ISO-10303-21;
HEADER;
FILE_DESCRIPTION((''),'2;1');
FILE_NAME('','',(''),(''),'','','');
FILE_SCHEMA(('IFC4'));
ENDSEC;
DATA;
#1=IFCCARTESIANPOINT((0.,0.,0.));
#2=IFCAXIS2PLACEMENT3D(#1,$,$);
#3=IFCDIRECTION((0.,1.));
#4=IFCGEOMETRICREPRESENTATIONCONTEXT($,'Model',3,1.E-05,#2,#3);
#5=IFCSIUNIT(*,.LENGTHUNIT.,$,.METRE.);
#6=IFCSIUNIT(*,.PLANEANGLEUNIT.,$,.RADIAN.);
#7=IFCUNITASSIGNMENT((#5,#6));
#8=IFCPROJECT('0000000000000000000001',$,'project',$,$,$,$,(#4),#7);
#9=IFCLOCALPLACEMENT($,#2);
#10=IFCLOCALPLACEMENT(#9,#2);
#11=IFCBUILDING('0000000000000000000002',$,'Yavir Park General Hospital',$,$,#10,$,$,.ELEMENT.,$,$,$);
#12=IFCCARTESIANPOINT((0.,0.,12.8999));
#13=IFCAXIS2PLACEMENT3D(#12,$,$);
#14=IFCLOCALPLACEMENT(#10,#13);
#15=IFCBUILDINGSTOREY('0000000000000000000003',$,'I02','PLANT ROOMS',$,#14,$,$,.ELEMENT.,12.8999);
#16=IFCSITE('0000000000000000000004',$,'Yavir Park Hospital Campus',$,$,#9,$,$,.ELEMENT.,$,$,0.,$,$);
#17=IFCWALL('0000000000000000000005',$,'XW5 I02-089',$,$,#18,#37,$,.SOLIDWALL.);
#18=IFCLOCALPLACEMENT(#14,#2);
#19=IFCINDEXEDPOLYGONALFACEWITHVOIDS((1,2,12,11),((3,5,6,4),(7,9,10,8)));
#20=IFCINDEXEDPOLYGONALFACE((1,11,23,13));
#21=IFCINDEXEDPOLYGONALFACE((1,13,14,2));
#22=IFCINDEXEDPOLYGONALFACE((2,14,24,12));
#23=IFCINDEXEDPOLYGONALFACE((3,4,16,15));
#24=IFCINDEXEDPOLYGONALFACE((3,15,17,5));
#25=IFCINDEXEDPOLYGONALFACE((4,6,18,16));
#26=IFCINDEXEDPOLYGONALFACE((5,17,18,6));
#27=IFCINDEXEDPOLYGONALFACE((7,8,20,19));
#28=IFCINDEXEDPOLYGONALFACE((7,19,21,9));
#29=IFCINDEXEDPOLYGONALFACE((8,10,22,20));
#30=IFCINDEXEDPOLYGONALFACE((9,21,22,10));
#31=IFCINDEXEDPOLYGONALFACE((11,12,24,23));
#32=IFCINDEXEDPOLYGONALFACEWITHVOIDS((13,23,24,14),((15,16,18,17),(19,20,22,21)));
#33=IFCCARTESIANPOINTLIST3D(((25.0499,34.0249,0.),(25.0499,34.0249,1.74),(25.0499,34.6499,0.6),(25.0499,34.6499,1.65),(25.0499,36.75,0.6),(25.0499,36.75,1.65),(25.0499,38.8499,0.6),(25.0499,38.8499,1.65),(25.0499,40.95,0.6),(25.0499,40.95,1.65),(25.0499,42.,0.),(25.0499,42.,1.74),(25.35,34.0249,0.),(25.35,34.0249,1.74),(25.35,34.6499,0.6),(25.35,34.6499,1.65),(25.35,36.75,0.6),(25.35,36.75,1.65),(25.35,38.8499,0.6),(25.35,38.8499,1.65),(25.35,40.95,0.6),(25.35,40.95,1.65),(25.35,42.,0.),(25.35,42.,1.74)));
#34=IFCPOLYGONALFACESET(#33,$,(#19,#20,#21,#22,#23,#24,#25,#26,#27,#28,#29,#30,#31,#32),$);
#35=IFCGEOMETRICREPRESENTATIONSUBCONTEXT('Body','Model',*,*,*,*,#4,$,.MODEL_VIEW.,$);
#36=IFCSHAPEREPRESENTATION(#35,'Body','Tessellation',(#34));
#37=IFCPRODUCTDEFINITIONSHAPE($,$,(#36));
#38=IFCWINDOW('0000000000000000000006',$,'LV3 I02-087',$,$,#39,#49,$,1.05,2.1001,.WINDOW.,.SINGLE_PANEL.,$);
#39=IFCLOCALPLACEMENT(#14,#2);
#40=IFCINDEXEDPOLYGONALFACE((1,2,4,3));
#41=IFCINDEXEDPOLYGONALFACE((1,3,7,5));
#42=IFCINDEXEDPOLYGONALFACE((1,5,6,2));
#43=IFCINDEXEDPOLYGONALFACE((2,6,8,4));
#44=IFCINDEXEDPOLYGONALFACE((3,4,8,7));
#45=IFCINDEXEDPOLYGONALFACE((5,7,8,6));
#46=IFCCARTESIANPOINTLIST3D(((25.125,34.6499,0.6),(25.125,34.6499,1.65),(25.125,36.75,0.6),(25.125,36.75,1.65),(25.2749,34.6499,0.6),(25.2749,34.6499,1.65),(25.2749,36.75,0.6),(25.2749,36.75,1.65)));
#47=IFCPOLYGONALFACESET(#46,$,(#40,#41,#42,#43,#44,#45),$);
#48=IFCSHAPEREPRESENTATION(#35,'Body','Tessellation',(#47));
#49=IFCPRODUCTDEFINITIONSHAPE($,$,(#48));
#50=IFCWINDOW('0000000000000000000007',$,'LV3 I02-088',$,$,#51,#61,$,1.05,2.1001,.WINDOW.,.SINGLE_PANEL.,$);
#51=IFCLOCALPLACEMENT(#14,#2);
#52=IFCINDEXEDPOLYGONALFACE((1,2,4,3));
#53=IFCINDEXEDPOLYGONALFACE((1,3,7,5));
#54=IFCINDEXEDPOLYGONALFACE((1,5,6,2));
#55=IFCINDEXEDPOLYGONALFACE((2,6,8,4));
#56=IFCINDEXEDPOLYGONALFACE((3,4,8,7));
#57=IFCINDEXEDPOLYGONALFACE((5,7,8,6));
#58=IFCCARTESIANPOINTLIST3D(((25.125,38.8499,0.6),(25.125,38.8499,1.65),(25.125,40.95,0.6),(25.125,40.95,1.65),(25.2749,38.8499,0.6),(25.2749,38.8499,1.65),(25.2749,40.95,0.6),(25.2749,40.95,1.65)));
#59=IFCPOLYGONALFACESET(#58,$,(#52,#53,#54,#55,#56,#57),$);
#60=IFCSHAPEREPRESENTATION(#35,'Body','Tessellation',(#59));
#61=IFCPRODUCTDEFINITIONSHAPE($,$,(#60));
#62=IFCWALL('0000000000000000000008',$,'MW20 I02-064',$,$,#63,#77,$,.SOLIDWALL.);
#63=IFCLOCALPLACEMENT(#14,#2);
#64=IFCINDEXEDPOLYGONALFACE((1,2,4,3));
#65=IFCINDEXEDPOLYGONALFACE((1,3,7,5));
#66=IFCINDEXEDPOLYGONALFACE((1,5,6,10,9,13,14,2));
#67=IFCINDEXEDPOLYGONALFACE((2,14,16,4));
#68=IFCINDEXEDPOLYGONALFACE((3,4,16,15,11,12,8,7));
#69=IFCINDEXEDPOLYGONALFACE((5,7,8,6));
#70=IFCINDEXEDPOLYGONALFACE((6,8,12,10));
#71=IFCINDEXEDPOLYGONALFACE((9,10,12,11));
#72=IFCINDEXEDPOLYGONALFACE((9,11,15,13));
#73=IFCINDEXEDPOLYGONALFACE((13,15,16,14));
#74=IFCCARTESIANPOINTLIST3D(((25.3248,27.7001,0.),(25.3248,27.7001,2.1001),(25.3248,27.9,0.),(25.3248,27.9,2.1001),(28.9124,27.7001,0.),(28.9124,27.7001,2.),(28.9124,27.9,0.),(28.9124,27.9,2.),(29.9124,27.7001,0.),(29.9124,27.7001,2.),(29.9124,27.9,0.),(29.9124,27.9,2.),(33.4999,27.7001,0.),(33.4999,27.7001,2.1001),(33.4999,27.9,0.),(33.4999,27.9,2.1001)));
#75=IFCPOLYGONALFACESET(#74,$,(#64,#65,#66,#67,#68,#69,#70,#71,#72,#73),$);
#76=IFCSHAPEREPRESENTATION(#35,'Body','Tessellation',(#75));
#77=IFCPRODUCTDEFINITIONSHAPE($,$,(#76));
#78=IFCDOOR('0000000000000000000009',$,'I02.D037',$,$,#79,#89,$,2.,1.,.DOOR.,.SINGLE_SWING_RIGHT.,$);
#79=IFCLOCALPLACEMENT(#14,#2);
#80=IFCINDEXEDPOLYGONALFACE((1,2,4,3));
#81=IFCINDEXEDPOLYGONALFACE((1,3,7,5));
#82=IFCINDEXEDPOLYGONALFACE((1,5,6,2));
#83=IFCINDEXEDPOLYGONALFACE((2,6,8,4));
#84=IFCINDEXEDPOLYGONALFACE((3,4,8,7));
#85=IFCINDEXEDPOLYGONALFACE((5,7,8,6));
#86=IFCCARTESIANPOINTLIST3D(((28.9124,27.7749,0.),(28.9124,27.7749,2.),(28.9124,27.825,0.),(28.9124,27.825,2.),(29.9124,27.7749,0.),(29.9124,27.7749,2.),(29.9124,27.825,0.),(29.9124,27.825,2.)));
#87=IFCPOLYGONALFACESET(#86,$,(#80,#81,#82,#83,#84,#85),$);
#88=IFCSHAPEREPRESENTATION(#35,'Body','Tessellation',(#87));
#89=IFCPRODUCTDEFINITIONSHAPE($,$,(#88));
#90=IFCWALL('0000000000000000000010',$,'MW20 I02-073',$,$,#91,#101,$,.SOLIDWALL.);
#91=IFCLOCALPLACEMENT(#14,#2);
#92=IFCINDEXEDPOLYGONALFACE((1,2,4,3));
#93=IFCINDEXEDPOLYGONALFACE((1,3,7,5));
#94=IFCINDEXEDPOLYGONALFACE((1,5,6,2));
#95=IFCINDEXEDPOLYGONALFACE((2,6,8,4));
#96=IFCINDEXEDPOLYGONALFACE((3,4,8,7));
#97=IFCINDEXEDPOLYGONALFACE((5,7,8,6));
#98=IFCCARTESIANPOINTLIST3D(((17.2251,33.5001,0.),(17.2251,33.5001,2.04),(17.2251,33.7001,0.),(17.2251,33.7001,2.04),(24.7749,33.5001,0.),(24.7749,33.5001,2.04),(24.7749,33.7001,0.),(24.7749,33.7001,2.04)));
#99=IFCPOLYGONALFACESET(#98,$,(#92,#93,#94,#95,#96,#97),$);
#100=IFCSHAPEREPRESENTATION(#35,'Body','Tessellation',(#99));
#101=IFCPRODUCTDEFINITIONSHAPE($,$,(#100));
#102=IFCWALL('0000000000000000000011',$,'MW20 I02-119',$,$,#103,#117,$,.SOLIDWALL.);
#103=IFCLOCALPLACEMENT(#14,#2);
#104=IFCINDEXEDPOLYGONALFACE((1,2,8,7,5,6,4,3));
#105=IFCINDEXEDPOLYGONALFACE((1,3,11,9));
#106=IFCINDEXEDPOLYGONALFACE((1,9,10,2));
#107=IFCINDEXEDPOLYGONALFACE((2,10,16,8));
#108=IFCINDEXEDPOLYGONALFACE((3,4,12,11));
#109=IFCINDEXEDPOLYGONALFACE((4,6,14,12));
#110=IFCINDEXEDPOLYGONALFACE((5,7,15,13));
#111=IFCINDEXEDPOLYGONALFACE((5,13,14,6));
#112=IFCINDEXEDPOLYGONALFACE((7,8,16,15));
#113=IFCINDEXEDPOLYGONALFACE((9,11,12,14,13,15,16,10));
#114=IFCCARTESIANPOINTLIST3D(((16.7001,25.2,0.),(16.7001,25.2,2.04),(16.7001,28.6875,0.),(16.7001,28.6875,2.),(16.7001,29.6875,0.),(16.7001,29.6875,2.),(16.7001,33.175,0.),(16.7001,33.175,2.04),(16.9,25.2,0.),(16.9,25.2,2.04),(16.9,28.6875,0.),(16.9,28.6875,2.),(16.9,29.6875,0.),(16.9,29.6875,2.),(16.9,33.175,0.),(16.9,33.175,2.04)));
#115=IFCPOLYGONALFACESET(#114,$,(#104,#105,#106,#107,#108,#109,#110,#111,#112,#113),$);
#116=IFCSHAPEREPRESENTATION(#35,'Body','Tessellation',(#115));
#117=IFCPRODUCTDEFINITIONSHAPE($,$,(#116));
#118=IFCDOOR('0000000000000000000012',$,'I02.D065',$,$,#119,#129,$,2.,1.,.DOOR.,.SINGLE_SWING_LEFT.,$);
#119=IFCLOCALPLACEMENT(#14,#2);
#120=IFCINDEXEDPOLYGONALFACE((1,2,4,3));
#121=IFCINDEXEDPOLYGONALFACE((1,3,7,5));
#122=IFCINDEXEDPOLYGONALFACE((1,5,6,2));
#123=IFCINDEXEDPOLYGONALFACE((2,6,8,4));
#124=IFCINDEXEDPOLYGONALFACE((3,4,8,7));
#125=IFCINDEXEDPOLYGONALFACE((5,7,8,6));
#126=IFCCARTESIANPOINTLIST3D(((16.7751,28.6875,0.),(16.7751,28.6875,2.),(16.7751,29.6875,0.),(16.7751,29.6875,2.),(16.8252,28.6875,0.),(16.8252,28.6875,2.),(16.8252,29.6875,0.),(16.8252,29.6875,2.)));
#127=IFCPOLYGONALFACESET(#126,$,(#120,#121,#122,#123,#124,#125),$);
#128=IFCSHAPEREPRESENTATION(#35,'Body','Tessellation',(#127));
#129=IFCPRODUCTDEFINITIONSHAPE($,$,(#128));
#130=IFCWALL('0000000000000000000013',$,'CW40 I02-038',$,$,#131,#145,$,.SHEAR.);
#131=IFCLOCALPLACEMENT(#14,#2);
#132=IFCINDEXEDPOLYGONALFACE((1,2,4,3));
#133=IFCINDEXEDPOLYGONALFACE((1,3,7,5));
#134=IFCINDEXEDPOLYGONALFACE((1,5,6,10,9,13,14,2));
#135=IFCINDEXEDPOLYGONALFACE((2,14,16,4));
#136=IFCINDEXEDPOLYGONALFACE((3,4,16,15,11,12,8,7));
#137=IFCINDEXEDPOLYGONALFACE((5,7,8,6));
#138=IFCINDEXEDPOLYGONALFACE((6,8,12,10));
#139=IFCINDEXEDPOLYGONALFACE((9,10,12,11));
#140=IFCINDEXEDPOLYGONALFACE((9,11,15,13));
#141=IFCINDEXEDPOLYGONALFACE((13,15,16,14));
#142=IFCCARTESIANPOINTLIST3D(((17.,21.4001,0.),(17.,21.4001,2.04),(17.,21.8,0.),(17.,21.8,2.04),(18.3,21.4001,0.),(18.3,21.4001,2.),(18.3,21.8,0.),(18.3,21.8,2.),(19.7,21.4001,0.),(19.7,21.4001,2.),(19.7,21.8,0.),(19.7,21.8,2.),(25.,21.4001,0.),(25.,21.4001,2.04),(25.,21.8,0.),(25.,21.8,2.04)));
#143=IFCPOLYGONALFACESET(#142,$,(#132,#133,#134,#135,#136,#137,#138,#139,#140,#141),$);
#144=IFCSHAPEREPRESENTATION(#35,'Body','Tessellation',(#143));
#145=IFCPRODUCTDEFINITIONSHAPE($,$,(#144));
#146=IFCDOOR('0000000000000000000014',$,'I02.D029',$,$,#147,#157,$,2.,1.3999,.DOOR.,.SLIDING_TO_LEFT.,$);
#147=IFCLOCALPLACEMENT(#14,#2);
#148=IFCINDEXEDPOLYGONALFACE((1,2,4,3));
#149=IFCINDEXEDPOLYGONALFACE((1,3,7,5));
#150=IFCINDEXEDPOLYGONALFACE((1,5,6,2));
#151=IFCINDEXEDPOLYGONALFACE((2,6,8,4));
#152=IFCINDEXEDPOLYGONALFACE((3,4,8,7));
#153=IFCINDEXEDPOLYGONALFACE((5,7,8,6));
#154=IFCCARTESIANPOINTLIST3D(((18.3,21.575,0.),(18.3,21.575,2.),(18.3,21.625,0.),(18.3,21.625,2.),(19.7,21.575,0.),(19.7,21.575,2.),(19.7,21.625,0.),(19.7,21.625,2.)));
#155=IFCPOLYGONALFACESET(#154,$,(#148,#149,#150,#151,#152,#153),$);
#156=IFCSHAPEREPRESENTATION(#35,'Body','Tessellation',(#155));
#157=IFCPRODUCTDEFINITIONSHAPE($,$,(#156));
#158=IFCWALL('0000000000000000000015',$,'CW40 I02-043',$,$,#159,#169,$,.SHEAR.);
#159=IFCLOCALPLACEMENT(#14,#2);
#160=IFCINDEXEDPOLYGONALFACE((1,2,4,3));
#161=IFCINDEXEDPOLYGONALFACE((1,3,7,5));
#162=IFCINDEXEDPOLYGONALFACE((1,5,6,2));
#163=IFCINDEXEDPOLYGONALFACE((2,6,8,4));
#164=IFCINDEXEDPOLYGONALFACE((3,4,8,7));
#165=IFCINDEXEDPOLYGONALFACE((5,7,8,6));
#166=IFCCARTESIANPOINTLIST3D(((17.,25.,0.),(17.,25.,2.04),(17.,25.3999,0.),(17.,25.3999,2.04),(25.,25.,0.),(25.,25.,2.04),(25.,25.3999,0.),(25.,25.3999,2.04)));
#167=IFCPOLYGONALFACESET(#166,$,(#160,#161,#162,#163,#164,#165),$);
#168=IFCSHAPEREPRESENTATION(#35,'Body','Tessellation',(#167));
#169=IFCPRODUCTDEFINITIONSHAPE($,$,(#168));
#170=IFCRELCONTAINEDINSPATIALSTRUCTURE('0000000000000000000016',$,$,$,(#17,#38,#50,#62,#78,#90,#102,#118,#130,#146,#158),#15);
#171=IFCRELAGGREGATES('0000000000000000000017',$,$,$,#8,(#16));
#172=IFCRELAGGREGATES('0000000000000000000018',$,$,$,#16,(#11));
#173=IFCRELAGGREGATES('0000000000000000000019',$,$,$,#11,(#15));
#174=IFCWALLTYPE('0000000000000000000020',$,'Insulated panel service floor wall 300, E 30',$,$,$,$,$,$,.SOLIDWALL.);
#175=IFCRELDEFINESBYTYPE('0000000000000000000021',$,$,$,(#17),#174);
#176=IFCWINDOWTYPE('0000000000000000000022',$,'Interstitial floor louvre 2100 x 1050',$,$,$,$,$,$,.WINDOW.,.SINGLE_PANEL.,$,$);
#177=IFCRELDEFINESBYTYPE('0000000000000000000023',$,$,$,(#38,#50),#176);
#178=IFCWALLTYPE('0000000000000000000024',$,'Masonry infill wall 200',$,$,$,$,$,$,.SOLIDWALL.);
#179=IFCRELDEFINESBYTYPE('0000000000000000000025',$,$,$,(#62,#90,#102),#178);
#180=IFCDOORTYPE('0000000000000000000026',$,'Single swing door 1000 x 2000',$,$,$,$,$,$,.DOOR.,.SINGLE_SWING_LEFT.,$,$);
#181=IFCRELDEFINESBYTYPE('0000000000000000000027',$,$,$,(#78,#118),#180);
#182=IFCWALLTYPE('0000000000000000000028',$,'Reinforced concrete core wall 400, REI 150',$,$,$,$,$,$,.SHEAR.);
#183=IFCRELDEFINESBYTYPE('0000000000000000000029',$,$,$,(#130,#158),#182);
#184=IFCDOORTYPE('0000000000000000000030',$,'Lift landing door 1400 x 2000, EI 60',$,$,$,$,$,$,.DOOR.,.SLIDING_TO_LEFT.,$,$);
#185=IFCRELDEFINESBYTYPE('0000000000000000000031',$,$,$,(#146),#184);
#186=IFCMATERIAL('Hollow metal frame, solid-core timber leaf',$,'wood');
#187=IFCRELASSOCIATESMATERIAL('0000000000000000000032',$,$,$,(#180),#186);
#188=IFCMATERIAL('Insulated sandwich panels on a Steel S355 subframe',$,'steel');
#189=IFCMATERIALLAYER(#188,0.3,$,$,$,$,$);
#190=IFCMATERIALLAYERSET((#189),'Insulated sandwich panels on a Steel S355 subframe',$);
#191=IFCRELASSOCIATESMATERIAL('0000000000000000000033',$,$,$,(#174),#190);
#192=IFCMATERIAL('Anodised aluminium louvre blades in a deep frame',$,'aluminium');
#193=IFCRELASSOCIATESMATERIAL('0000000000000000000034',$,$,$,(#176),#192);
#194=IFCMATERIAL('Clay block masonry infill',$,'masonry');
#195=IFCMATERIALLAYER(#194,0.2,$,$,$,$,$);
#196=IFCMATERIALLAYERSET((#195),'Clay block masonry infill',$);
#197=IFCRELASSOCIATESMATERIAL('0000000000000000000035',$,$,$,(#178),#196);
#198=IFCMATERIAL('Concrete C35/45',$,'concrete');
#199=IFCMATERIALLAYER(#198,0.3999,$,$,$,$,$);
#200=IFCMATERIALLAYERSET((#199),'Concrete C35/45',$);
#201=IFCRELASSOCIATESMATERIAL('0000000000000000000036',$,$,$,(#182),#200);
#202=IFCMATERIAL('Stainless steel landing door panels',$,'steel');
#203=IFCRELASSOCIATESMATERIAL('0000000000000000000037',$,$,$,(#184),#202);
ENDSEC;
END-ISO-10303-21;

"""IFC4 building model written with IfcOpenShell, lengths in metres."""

from ifc_helpers import new_model, si_unit, direction, frame, frame_2d, origin, place, context, subcontext, project, spatial, rectangle, extrude, material, layer, layer_set, type_object, element, fill, save


model = new_model("IFC4")

# Units and contexts
model_context = context("Model", 3, precision=1e-05, world=origin(), true_north=direction((0.0, 1.0)))
body_context = subcontext(model_context, "Body", "Model", "MODEL_VIEW")
ifc_project = project(units=[si_unit("LENGTHUNIT", "METRE"), si_unit("PLANEANGLEUNIT", "RADIAN")], contexts=[model_context])

# Site, building, storey
site_placement = place(None, origin())
site = spatial("IfcSite", under=ifc_project, at=site_placement, Name="Yavir Park Hospital Campus", CompositionType="ELEMENT", RefElevation=0.0)
building_placement = place(site_placement, origin())
building = spatial("IfcBuilding", under=site, at=building_placement, Name="Yavir Park General Hospital", CompositionType="ELEMENT")
storey_placement = place(building_placement, frame((0.0, 0.0, 12.8999)))
storey = spatial("IfcBuildingStorey", under=building, at=storey_placement, Name="I02", Description="PLANT ROOMS", CompositionType="ELEMENT", Elevation=12.8999)

# Shared definitions
ifc_material_1 = material(Name="Hollow metal frame, solid-core timber leaf", Category="wood")
door_type_1 = type_object("IfcDoorType", Name="Single swing door 1000 x 2000", OperationType="SINGLE_SWING_LEFT", PredefinedType="DOOR", material=ifc_material_1)

# Wall, openings, windows
ifc_material_2 = material(Name="Insulated sandwich panels on a Steel S355 subframe", Category="steel")
ifc_layer_1 = layer(ifc_material_2, 0.3)
ifc_layer_set_1 = layer_set([ifc_layer_1], Name="Insulated sandwich panels on a Steel S355 subframe")
wall_type_1 = type_object("IfcWallType", Name="Insulated panel service floor wall 300, E 30", PredefinedType="SOLIDWALL", material=ifc_layer_set_1)
wall_1_placement = place(storey_placement, frame((25.2, 34.0249, 0.0), z_axis=(0.0, 0.0, 1.0), x_axis=(0.0, 1.0, 0.0)))
wall_1 = element("IfcWall", 1, at=wall_1_placement, inside=storey, type_object=wall_type_1, Name="XW5 I02-089", PredefinedType="SOLIDWALL", context=body_context, shape_type="SweptSolid", body=[
    extrude(rectangle(XDim=7.9751, YDim=0.3, at=frame_2d((3.9875, 0.0))), origin(), (0.0, 0.0, 1.0), 1.74),
])
opening_1_placement = place(wall_1_placement, frame((0.625, 0.0, 0.6001)))
opening_1 = element("IfcOpeningElement", 2, at=opening_1_placement, cuts=wall_1, PredefinedType="OPENING", context=body_context, shape_type="SweptSolid", body=[
    extrude(rectangle(XDim=2.1001, YDim=1.05, at=frame_2d((1.05, 0.5249))), frame((0.0, 0.1599, 0.0), z_axis=(0.0, -1.0, 0.0), x_axis=(1.0, 0.0, 0.0)), (0.0, 0.0, 1.0), 0.3201),
])
opening_2_placement = place(wall_1_placement, frame((4.825, 0.0, 0.6001)))
opening_2 = element("IfcOpeningElement", 3, at=opening_2_placement, cuts=wall_1, PredefinedType="OPENING", context=body_context, shape_type="SweptSolid", body=[
    extrude(rectangle(XDim=2.1001, YDim=1.05, at=frame_2d((1.05, 0.5249))), frame((0.0, 0.1599, 0.0), z_axis=(0.0, -1.0, 0.0), x_axis=(1.0, 0.0, 0.0)), (0.0, 0.0, 1.0), 0.3201),
])
ifc_material_3 = material(Name="Anodised aluminium louvre blades in a deep frame", Category="aluminium")
window_type = type_object("IfcWindowType", Name="Interstitial floor louvre 2100 x 1050", PartitioningType="SINGLE_PANEL", PredefinedType="WINDOW", material=ifc_material_3)
window_1_placement = place(opening_1_placement, origin())
window_1 = element("IfcWindow", 4, at=window_1_placement, inside=storey, type_object=window_type, Name="LV3 I02-087", OverallHeight=1.05, OverallWidth=2.1001, PartitioningType="SINGLE_PANEL", PredefinedType="WINDOW", context=body_context, shape_type="SweptSolid", body=[
    extrude(rectangle(XDim=2.1001, YDim=1.05, at=frame_2d((1.05, 0.5249))), frame((0.0, 0.075, 0.0), z_axis=(0.0, -1.0, 0.0), x_axis=(1.0, 0.0, 0.0)), (0.0, 0.0, 1.0), 0.1499),
])
fill(opening_1, window_1)
window_2_placement = place(opening_2_placement, origin())
window_2 = element("IfcWindow", 5, at=window_2_placement, inside=storey, type_object=window_type, Name="LV3 I02-088", OverallHeight=1.05, OverallWidth=2.1001, PartitioningType="SINGLE_PANEL", PredefinedType="WINDOW", context=body_context, shape_type="SweptSolid", body=[
    extrude(rectangle(XDim=2.1001, YDim=1.05, at=frame_2d((1.05, 0.5249))), frame((0.0, 0.075, 0.0), z_axis=(0.0, -1.0, 0.0), x_axis=(1.0, 0.0, 0.0)), (0.0, 0.0, 1.0), 0.1499),
])
fill(opening_2, window_2)

# Wall, opening, door
ifc_material_4 = material(Name="Clay block masonry infill", Category="masonry")
ifc_layer_2 = layer(ifc_material_4, 0.2)
ifc_layer_set_2 = layer_set([ifc_layer_2], Name="Clay block masonry infill")
wall_type_2 = type_object("IfcWallType", Name="Masonry infill wall 200", PredefinedType="SOLIDWALL", material=ifc_layer_set_2)
wall_2_placement = place(storey_placement, frame((25.325, 27.8, 0.0), z_axis=(0.0, 0.0, 1.0), x_axis=(1.0, 0.0, 0.0)))
wall_2 = element("IfcWall", 6, at=wall_2_placement, inside=storey, type_object=wall_type_2, Name="MW20 I02-064", PredefinedType="SOLIDWALL", context=body_context, shape_type="SweptSolid", body=[
    extrude(rectangle(XDim=8.175, YDim=0.2, at=frame_2d((4.0874, 0.0))), origin(), (0.0, 0.0, 1.0), 2.1001),
])
opening_3_placement = place(wall_2_placement, frame((3.5874, 0.0, 0.0)))
opening_3 = element("IfcOpeningElement", 7, at=opening_3_placement, cuts=wall_2, PredefinedType="OPENING", context=body_context, shape_type="SweptSolid", body=[
    extrude(rectangle(XDim=1.0, YDim=2.0, at=frame_2d((0.5, 1.0))), frame((0.0, 0.1099, 0.0), z_axis=(0.0, -1.0, 0.0), x_axis=(1.0, 0.0, 0.0)), (0.0, 0.0, 1.0), 0.22),
])
door_1_placement = place(opening_3_placement, origin())
door_1 = element("IfcDoor", 8, at=door_1_placement, inside=storey, type_object=door_type_1, Name="I02.D037", OperationType="SINGLE_SWING_RIGHT", OverallHeight=2.0, OverallWidth=1.0, PredefinedType="DOOR", context=body_context, shape_type="SweptSolid", body=[
    extrude(rectangle(XDim=1.0, YDim=2.0, at=frame_2d((0.5, 1.0))), frame((0.0, 0.0249, 0.0), z_axis=(0.0, -1.0, 0.0), x_axis=(1.0, 0.0, 0.0)), (0.0, 0.0, 1.0), 0.05),
])
fill(opening_3, door_1)

# Wall
wall_3_placement = place(storey_placement, frame((17.2251, 33.6001, 0.0), z_axis=(0.0, 0.0, 1.0), x_axis=(1.0, 0.0, 0.0)))
element("IfcWall", 9, at=wall_3_placement, inside=storey, type_object=wall_type_2, Name="MW20 I02-073", PredefinedType="SOLIDWALL", context=body_context, shape_type="SweptSolid", body=[
    extrude(rectangle(XDim=7.5498, YDim=0.2, at=frame_2d((3.7749, 0.0))), origin(), (0.0, 0.0, 1.0), 2.04),
])

# Walls, openings, doors
wall_4_placement = place(storey_placement, frame((16.8, 25.2, 0.0), z_axis=(0.0, 0.0, 1.0), x_axis=(0.0, 1.0, 0.0)))
wall_4 = element("IfcWall", 10, at=wall_4_placement, inside=storey, type_object=wall_type_2, Name="MW20 I02-119", PredefinedType="SOLIDWALL", context=body_context, shape_type="SweptSolid", body=[
    extrude(rectangle(XDim=7.9751, YDim=0.2, at=frame_2d((3.9875, 0.0))), origin(), (0.0, 0.0, 1.0), 2.04),
])
opening_4_placement = place(wall_4_placement, frame((3.4875, 0.0, 0.0)))
opening_4 = element("IfcOpeningElement", 11, at=opening_4_placement, cuts=wall_4, PredefinedType="OPENING", context=body_context, shape_type="SweptSolid", body=[
    extrude(rectangle(XDim=1.0, YDim=2.0, at=frame_2d((0.5, 1.0))), frame((0.0, 0.1099, 0.0), z_axis=(0.0, -1.0, 0.0), x_axis=(1.0, 0.0, 0.0)), (0.0, 0.0, 1.0), 0.22),
])
door_2_placement = place(opening_4_placement, origin())
door_2 = element("IfcDoor", 12, at=door_2_placement, inside=storey, type_object=door_type_1, Name="I02.D065", OperationType="SINGLE_SWING_LEFT", OverallHeight=2.0, OverallWidth=1.0, PredefinedType="DOOR", context=body_context, shape_type="SweptSolid", body=[
    extrude(rectangle(XDim=1.0, YDim=2.0, at=frame_2d((0.5, 1.0))), frame((0.0, 0.0249, 0.0), z_axis=(0.0, -1.0, 0.0), x_axis=(1.0, 0.0, 0.0)), (0.0, 0.0, 1.0), 0.05),
])
fill(opening_4, door_2)
ifc_material_5 = material(Name="Concrete C35/45", Category="concrete")
ifc_layer_3 = layer(ifc_material_5, 0.3999)
ifc_layer_set_3 = layer_set([ifc_layer_3], Name="Concrete C35/45")
wall_type_3 = type_object("IfcWallType", Name="Reinforced concrete core wall 400, REI 150", PredefinedType="SHEAR", material=ifc_layer_set_3)
wall_5_placement = place(storey_placement, frame((17.0, 21.6001, 0.0), z_axis=(0.0, 0.0, 1.0), x_axis=(1.0, 0.0, 0.0)))
wall_5 = element("IfcWall", 13, at=wall_5_placement, inside=storey, type_object=wall_type_3, Name="CW40 I02-038", PredefinedType="SHEAR", context=body_context, shape_type="SweptSolid", body=[
    extrude(rectangle(XDim=8.0, YDim=0.3999, at=frame_2d((4.0, 0.0))), origin(), (0.0, 0.0, 1.0), 2.04),
])
opening_5_placement = place(wall_5_placement, frame((1.3, 0.0, 0.0)))
opening_5 = element("IfcOpeningElement", 14, at=opening_5_placement, cuts=wall_5, PredefinedType="OPENING", context=body_context, shape_type="SweptSolid", body=[
    extrude(rectangle(XDim=1.3999, YDim=2.0, at=frame_2d((0.7, 1.0))), frame((0.0, 0.21, 0.0), z_axis=(0.0, -1.0, 0.0), x_axis=(1.0, 0.0, 0.0)), (0.0, 0.0, 1.0), 0.4199),
])
ifc_material_6 = material(Name="Stainless steel landing door panels", Category="steel")
door_type_2 = type_object("IfcDoorType", Name="Lift landing door 1400 x 2000, EI 60", OperationType="SLIDING_TO_LEFT", PredefinedType="DOOR", material=ifc_material_6)
door_3_placement = place(opening_5_placement, origin())
door_3 = element("IfcDoor", 15, at=door_3_placement, inside=storey, type_object=door_type_2, Name="I02.D029", OperationType="SLIDING_TO_LEFT", OverallHeight=2.0, OverallWidth=1.3999, PredefinedType="DOOR", context=body_context, shape_type="SweptSolid", body=[
    extrude(rectangle(XDim=1.3999, YDim=2.0, at=frame_2d((0.7, 1.0))), frame((0.0, 0.0249, 0.0), z_axis=(0.0, -1.0, 0.0), x_axis=(1.0, 0.0, 0.0)), (0.0, 0.0, 1.0), 0.05),
])
fill(opening_5, door_3)

# Wall
wall_6_placement = place(storey_placement, frame((17.0, 25.2, 0.0), z_axis=(0.0, 0.0, 1.0), x_axis=(1.0, 0.0, 0.0)))
element("IfcWall", 16, at=wall_6_placement, inside=storey, type_object=wall_type_3, Name="CW40 I02-043", PredefinedType="SHEAR", context=body_context, shape_type="SweptSolid", body=[
    extrude(rectangle(XDim=8.0, YDim=0.3999, at=frame_2d((4.0, 0.0))), origin(), (0.0, 0.0, 1.0), 2.04),
])

save(model, "model.ifc")
